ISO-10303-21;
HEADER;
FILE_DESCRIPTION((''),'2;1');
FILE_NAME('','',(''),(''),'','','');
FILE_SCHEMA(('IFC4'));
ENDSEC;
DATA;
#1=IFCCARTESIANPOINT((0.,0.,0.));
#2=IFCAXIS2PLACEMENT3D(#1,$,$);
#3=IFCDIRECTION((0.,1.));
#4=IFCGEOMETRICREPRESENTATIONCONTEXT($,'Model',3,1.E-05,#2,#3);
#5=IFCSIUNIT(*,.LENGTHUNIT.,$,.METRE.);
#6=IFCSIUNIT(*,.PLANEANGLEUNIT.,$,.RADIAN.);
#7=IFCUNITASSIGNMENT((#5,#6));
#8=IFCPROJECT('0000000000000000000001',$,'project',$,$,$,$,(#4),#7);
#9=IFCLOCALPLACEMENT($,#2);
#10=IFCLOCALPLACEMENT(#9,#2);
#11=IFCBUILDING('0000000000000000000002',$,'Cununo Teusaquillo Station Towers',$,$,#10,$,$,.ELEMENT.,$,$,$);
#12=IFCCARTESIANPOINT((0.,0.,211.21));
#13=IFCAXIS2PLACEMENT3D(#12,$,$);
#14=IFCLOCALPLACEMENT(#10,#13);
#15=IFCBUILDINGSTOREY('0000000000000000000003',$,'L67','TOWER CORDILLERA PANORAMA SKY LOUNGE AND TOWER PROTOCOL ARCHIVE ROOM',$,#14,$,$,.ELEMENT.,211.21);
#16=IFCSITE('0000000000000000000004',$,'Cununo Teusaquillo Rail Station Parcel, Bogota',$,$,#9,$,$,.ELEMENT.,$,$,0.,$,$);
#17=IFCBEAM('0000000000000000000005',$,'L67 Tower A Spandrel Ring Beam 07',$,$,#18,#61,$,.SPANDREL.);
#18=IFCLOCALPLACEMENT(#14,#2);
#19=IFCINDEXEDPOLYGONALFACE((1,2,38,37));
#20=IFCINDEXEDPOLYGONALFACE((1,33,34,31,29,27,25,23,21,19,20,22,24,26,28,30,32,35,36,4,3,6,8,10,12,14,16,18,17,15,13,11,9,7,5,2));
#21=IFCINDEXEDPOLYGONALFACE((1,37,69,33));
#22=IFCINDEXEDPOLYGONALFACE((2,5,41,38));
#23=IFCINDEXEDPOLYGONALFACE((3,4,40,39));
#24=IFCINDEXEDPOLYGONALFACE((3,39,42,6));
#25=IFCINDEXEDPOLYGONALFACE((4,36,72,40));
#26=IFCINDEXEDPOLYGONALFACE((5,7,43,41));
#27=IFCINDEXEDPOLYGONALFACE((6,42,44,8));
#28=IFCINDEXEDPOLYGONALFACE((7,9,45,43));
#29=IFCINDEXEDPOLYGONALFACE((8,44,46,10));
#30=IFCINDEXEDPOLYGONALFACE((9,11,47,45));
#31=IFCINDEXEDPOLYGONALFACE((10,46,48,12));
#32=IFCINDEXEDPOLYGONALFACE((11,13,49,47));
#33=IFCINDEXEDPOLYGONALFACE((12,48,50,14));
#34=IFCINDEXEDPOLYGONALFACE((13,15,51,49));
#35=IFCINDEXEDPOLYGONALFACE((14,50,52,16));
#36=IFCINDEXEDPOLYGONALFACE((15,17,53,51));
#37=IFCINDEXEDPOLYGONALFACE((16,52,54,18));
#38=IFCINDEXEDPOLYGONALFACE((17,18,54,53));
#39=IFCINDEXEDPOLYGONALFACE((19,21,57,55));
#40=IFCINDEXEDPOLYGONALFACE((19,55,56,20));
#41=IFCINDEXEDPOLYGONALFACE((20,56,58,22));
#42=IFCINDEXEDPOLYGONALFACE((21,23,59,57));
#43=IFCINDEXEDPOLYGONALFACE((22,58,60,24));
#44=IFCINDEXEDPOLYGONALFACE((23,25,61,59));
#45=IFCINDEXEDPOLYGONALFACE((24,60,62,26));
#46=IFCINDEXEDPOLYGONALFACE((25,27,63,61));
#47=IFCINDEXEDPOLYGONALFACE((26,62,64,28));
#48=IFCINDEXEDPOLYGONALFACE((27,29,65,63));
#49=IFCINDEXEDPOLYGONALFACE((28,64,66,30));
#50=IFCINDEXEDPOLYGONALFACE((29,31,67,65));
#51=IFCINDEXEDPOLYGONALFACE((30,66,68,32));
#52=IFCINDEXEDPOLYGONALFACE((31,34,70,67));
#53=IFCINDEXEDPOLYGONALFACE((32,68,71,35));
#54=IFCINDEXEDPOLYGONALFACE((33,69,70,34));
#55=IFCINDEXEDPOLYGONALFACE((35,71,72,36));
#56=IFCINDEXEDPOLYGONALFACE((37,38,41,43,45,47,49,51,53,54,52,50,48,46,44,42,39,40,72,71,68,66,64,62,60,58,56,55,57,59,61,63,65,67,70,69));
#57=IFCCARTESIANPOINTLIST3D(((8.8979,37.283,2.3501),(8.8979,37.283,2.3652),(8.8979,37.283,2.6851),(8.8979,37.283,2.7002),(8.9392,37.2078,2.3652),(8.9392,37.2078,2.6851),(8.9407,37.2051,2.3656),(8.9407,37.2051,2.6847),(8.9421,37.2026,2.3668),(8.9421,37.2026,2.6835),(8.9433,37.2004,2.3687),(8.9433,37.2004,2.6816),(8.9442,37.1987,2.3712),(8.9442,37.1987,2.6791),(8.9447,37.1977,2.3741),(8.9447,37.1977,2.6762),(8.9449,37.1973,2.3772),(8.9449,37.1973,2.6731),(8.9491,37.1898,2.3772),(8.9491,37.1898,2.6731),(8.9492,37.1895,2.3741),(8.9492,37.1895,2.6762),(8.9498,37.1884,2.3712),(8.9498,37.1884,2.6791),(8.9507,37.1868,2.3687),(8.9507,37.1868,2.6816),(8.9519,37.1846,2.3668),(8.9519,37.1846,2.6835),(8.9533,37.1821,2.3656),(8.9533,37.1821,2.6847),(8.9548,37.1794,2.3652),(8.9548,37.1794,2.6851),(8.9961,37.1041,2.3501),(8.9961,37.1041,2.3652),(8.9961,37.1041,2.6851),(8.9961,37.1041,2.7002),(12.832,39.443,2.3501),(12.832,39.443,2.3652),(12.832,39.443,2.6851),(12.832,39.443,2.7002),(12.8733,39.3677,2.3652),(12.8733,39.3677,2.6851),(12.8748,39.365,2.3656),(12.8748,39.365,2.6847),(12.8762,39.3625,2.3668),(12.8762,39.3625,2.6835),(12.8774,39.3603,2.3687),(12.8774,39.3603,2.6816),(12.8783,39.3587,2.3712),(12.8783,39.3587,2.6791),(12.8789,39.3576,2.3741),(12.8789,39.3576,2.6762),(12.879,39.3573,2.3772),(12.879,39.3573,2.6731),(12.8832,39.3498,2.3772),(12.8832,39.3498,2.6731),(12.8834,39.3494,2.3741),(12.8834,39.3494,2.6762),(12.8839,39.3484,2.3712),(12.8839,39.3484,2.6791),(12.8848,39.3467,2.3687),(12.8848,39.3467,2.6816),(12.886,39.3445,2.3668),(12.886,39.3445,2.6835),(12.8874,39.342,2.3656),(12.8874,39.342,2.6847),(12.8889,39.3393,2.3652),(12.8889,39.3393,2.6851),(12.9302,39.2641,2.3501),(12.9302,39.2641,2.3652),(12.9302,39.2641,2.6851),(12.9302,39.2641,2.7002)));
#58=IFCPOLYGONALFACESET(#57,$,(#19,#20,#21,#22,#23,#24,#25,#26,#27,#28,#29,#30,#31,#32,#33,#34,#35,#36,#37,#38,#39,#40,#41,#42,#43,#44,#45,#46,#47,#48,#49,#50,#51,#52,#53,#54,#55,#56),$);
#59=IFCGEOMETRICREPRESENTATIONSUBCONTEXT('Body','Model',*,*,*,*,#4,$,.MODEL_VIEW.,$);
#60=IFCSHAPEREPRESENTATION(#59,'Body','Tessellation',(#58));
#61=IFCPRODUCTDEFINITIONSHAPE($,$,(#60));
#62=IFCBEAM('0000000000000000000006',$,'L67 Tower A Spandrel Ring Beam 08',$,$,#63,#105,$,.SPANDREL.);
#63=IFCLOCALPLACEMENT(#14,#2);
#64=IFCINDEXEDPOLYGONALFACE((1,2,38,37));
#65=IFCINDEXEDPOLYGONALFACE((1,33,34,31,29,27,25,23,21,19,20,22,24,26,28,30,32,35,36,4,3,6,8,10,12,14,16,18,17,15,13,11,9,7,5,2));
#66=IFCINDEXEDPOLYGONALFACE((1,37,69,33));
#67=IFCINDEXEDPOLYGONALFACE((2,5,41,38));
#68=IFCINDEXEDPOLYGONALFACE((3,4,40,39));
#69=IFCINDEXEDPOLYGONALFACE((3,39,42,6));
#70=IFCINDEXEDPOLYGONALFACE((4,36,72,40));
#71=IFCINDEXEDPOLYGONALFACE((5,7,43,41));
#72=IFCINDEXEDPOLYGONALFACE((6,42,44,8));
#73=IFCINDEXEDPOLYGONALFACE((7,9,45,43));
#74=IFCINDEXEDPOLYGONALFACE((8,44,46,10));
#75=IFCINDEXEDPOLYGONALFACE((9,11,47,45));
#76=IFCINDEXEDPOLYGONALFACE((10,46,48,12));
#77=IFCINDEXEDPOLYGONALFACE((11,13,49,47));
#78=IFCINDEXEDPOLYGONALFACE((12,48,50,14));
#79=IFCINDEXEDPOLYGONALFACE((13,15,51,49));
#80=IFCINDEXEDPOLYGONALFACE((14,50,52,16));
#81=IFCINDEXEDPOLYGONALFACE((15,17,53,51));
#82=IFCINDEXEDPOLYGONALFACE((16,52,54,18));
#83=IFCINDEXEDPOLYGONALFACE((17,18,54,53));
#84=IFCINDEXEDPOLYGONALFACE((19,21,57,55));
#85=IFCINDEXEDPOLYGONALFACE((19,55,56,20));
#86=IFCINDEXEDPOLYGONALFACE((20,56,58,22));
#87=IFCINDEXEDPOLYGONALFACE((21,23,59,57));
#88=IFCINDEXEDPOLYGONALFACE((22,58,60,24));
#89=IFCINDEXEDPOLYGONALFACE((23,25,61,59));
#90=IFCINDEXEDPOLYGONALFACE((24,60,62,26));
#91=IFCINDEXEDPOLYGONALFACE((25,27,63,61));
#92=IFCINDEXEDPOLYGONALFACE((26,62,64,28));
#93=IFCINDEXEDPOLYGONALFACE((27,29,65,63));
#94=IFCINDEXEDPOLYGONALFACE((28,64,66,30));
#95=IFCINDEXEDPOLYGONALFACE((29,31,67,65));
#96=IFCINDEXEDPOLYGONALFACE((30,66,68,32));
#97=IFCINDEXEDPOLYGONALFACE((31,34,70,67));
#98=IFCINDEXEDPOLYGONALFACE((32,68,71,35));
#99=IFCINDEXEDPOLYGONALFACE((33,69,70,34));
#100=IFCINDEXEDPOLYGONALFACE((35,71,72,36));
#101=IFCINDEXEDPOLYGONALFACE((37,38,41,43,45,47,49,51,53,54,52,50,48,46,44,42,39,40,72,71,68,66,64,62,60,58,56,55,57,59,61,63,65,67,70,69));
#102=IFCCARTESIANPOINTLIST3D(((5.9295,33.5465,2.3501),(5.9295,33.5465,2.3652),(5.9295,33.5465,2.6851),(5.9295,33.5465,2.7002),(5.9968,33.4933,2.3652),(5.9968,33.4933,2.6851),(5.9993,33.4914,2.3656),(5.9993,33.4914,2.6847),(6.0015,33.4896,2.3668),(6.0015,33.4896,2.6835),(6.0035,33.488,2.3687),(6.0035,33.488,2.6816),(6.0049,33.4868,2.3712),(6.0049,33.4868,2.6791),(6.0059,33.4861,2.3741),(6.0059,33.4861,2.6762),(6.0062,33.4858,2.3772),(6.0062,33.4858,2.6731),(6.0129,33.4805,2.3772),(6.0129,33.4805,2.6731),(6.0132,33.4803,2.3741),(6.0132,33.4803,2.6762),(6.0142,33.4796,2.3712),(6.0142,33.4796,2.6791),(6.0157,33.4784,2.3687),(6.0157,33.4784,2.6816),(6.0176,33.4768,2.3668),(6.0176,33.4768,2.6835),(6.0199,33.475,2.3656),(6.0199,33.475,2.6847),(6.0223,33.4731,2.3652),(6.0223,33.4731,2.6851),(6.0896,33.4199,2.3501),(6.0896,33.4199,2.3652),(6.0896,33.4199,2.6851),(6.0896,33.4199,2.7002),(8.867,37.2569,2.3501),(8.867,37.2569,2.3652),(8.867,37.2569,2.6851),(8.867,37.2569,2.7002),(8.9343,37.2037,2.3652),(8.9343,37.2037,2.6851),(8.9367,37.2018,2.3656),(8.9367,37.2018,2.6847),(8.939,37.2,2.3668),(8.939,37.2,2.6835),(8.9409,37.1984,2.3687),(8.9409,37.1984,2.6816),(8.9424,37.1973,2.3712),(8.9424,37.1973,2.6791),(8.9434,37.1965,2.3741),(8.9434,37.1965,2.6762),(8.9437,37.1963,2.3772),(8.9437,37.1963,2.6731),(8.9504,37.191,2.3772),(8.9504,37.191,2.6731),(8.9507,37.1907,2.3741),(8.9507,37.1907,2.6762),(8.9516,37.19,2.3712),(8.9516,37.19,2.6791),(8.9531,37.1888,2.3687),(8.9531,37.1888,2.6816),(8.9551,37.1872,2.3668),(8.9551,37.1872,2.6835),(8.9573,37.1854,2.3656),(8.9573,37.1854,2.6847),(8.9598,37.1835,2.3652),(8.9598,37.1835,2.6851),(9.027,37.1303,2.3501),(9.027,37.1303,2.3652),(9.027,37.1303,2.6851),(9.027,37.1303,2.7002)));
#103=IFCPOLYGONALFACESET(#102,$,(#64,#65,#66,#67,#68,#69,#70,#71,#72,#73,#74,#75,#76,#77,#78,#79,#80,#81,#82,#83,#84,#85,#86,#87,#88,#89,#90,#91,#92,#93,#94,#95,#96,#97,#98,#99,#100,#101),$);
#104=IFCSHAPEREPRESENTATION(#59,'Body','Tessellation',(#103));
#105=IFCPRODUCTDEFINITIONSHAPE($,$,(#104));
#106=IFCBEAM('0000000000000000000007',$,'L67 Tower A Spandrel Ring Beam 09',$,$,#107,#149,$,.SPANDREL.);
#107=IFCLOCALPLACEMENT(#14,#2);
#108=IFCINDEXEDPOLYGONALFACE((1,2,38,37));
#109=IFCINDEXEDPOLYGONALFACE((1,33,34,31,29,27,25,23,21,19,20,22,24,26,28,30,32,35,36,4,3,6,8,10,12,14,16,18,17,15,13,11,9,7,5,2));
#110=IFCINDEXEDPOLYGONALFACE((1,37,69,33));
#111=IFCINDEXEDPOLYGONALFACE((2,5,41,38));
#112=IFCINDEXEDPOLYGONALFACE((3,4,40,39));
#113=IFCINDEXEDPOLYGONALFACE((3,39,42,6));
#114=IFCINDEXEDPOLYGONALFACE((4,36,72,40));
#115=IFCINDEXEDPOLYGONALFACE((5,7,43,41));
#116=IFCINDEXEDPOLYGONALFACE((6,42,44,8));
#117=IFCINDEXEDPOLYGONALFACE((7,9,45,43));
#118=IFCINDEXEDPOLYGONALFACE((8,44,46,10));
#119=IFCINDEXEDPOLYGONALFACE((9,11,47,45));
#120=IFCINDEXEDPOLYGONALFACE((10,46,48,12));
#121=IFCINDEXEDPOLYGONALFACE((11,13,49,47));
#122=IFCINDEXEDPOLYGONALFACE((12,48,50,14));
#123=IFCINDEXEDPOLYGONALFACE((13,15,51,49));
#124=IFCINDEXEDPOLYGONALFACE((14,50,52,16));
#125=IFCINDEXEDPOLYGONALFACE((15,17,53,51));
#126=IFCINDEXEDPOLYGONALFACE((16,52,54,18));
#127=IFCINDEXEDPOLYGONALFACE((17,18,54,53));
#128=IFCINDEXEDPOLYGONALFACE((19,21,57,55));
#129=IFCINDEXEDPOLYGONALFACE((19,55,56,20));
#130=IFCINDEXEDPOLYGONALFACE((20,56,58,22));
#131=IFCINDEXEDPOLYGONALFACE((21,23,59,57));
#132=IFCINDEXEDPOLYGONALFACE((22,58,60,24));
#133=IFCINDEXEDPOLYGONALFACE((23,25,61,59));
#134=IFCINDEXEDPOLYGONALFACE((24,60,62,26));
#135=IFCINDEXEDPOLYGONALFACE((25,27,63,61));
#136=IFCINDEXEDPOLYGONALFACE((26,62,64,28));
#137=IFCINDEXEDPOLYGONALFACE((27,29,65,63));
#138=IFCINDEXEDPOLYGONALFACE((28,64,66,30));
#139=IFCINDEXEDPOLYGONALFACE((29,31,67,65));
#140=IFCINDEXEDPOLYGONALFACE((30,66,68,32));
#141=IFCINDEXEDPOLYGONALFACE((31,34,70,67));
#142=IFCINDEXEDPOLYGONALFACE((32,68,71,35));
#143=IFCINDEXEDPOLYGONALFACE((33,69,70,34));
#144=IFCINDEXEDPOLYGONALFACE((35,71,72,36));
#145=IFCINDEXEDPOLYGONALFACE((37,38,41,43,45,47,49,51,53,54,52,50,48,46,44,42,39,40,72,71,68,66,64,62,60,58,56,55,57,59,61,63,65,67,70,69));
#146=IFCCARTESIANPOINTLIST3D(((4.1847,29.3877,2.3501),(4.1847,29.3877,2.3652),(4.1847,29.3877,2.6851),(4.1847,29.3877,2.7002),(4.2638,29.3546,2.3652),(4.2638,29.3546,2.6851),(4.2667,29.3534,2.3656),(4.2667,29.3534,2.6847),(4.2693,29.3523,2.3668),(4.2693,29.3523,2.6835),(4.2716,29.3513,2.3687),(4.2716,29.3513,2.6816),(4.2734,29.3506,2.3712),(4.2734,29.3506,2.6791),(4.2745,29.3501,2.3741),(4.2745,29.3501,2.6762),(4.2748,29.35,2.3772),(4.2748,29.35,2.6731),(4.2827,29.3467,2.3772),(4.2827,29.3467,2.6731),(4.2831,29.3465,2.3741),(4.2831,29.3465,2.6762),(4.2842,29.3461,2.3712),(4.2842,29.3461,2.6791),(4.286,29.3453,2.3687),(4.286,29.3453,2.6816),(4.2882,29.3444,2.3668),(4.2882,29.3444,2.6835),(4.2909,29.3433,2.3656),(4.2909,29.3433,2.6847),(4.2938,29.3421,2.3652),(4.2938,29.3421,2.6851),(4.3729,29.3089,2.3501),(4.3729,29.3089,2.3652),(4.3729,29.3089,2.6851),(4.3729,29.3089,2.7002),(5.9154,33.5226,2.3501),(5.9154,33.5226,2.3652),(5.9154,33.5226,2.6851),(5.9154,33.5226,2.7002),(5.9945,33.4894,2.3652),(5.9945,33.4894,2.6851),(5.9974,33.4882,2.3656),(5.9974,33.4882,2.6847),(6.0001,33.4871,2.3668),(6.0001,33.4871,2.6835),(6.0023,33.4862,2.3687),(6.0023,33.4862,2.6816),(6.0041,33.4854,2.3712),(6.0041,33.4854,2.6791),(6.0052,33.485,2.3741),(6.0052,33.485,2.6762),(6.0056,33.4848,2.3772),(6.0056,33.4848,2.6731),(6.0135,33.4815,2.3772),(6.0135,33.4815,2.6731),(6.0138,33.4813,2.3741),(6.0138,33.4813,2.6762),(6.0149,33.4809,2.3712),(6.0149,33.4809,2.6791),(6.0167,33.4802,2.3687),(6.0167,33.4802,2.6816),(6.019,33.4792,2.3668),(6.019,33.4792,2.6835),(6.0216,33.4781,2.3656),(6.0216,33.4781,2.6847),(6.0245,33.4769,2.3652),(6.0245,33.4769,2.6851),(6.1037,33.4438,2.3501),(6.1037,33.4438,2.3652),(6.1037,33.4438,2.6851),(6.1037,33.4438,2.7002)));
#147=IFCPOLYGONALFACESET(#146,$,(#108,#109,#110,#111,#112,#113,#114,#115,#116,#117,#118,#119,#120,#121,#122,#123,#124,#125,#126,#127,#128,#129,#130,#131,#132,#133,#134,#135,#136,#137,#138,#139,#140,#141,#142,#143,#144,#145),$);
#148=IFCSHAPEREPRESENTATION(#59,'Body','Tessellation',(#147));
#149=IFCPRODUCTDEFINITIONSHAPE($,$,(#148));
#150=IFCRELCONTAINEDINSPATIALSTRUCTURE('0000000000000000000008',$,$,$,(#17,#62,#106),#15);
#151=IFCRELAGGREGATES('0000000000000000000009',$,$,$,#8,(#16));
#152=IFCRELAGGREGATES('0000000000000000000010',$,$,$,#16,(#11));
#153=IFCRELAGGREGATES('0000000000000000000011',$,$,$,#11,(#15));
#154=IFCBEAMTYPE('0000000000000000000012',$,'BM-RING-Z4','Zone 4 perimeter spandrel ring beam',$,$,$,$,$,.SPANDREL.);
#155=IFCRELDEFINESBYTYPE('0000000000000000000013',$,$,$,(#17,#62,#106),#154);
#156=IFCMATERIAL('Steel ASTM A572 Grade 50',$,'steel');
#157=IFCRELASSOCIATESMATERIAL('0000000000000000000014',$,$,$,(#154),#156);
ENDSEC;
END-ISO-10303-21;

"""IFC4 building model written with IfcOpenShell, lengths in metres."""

from ifc_helpers import new_model, si_unit, direction, frame, origin, origin_2d, place, context, subcontext, project, spatial, i_section, extrude, material, material_profile, profile_set, type_object, element, save


model = new_model("IFC4")

# Units and contexts
model_context = context("Model", 3, precision=1e-05, world=origin(), true_north=direction((0.0, 1.0)))
body_context = subcontext(model_context, "Body", "Model", "MODEL_VIEW")
ifc_project = project(units=[si_unit("LENGTHUNIT", "METRE"), si_unit("PLANEANGLEUNIT", "RADIAN")], contexts=[model_context])

# Site, building, storey
site_placement = place(None, origin())
site = spatial("IfcSite", under=ifc_project, at=site_placement, Name="Cununo Teusaquillo Rail Station Parcel, Bogota", CompositionType="ELEMENT", RefElevation=0.0)
building_placement = place(site_placement, origin())
building = spatial("IfcBuilding", under=site, at=building_placement, Name="Cununo Teusaquillo Station Towers", CompositionType="ELEMENT")
storey_placement = place(building_placement, frame((0.0, 0.0, 211.21)))
storey = spatial("IfcBuildingStorey", under=building, at=storey_placement, Name="L67", Description="TOWER CORDILLERA PANORAMA SKY LOUNGE AND TOWER PROTOCOL ARCHIVE ROOM", CompositionType="ELEMENT", Elevation=211.21)

# Beams
ifc_material_1 = material(Name="Steel ASTM A572 Grade 50", Category="steel")
ifc_material_profile_1 = material_profile(ifc_material_1, i_section(OverallWidth=0.2041, OverallDepth=0.3501, WebThickness=0.0085, FlangeThickness=0.0151, FilletRadius=0.012, at=origin_2d()), Name="W14X48")
ifc_profile_set_1 = profile_set([ifc_material_profile_1], Name="Steel ASTM A572 Grade 50")
beam_type_1 = type_object("IfcBeamType", Name="BM-RING-Z4", Description="Zone 4 perimeter spandrel ring beam", PredefinedType="SPANDREL", material=ifc_profile_set_1)
beam_1_placement = place(storey_placement, frame((12.8811, 39.3535, 2.5251), z_axis=(-0.876576, -0.481263, 0.0), x_axis=(0.481263, -0.876576, 0.0)))
element("IfcBeam", 1, at=beam_1_placement, inside=storey, type_object=beam_type_1, Name="L67 Tower A Spandrel Ring Beam 07", PredefinedType="SPANDREL", context=body_context, shape_type="SweptSolid", body=[
    extrude(i_section(OverallWidth=0.2041, OverallDepth=0.3501, WebThickness=0.0085, FlangeThickness=0.0151, FilletRadius=0.012, at=origin_2d()), origin(), (0.0, 0.0, 1.0), 4.488),
])
beam_2_placement = place(storey_placement, frame((8.947, 37.1936, 2.5251), z_axis=(-0.620711, -0.78404, 0.0), x_axis=(0.78404, -0.620711, 0.0)))
element("IfcBeam", 2, at=beam_2_placement, inside=storey, type_object=beam_type_1, Name="L67 Tower A Spandrel Ring Beam 08", PredefinedType="SPANDREL", context=body_context, shape_type="SweptSolid", body=[
    extrude(i_section(OverallWidth=0.2041, OverallDepth=0.3501, WebThickness=0.0085, FlangeThickness=0.0151, FilletRadius=0.012, at=origin_2d()), origin(), (0.0, 0.0, 1.0), 4.7324),
])
beam_3_placement = place(storey_placement, frame((6.0095, 33.4832, 2.5251), z_axis=(-0.386115, -0.92245, 0.0), x_axis=(0.92245, -0.386115, 0.0)))
element("IfcBeam", 3, at=beam_3_placement, inside=storey, type_object=beam_type_1, Name="L67 Tower A Spandrel Ring Beam 09", PredefinedType="SPANDREL", context=body_context, shape_type="SweptSolid", body=[
    extrude(i_section(OverallWidth=0.2041, OverallDepth=0.3501, WebThickness=0.0085, FlangeThickness=0.0151, FilletRadius=0.012, at=origin_2d()), origin(), (0.0, 0.0, 1.0), 4.4824),
])

save(model, "model.ifc")
